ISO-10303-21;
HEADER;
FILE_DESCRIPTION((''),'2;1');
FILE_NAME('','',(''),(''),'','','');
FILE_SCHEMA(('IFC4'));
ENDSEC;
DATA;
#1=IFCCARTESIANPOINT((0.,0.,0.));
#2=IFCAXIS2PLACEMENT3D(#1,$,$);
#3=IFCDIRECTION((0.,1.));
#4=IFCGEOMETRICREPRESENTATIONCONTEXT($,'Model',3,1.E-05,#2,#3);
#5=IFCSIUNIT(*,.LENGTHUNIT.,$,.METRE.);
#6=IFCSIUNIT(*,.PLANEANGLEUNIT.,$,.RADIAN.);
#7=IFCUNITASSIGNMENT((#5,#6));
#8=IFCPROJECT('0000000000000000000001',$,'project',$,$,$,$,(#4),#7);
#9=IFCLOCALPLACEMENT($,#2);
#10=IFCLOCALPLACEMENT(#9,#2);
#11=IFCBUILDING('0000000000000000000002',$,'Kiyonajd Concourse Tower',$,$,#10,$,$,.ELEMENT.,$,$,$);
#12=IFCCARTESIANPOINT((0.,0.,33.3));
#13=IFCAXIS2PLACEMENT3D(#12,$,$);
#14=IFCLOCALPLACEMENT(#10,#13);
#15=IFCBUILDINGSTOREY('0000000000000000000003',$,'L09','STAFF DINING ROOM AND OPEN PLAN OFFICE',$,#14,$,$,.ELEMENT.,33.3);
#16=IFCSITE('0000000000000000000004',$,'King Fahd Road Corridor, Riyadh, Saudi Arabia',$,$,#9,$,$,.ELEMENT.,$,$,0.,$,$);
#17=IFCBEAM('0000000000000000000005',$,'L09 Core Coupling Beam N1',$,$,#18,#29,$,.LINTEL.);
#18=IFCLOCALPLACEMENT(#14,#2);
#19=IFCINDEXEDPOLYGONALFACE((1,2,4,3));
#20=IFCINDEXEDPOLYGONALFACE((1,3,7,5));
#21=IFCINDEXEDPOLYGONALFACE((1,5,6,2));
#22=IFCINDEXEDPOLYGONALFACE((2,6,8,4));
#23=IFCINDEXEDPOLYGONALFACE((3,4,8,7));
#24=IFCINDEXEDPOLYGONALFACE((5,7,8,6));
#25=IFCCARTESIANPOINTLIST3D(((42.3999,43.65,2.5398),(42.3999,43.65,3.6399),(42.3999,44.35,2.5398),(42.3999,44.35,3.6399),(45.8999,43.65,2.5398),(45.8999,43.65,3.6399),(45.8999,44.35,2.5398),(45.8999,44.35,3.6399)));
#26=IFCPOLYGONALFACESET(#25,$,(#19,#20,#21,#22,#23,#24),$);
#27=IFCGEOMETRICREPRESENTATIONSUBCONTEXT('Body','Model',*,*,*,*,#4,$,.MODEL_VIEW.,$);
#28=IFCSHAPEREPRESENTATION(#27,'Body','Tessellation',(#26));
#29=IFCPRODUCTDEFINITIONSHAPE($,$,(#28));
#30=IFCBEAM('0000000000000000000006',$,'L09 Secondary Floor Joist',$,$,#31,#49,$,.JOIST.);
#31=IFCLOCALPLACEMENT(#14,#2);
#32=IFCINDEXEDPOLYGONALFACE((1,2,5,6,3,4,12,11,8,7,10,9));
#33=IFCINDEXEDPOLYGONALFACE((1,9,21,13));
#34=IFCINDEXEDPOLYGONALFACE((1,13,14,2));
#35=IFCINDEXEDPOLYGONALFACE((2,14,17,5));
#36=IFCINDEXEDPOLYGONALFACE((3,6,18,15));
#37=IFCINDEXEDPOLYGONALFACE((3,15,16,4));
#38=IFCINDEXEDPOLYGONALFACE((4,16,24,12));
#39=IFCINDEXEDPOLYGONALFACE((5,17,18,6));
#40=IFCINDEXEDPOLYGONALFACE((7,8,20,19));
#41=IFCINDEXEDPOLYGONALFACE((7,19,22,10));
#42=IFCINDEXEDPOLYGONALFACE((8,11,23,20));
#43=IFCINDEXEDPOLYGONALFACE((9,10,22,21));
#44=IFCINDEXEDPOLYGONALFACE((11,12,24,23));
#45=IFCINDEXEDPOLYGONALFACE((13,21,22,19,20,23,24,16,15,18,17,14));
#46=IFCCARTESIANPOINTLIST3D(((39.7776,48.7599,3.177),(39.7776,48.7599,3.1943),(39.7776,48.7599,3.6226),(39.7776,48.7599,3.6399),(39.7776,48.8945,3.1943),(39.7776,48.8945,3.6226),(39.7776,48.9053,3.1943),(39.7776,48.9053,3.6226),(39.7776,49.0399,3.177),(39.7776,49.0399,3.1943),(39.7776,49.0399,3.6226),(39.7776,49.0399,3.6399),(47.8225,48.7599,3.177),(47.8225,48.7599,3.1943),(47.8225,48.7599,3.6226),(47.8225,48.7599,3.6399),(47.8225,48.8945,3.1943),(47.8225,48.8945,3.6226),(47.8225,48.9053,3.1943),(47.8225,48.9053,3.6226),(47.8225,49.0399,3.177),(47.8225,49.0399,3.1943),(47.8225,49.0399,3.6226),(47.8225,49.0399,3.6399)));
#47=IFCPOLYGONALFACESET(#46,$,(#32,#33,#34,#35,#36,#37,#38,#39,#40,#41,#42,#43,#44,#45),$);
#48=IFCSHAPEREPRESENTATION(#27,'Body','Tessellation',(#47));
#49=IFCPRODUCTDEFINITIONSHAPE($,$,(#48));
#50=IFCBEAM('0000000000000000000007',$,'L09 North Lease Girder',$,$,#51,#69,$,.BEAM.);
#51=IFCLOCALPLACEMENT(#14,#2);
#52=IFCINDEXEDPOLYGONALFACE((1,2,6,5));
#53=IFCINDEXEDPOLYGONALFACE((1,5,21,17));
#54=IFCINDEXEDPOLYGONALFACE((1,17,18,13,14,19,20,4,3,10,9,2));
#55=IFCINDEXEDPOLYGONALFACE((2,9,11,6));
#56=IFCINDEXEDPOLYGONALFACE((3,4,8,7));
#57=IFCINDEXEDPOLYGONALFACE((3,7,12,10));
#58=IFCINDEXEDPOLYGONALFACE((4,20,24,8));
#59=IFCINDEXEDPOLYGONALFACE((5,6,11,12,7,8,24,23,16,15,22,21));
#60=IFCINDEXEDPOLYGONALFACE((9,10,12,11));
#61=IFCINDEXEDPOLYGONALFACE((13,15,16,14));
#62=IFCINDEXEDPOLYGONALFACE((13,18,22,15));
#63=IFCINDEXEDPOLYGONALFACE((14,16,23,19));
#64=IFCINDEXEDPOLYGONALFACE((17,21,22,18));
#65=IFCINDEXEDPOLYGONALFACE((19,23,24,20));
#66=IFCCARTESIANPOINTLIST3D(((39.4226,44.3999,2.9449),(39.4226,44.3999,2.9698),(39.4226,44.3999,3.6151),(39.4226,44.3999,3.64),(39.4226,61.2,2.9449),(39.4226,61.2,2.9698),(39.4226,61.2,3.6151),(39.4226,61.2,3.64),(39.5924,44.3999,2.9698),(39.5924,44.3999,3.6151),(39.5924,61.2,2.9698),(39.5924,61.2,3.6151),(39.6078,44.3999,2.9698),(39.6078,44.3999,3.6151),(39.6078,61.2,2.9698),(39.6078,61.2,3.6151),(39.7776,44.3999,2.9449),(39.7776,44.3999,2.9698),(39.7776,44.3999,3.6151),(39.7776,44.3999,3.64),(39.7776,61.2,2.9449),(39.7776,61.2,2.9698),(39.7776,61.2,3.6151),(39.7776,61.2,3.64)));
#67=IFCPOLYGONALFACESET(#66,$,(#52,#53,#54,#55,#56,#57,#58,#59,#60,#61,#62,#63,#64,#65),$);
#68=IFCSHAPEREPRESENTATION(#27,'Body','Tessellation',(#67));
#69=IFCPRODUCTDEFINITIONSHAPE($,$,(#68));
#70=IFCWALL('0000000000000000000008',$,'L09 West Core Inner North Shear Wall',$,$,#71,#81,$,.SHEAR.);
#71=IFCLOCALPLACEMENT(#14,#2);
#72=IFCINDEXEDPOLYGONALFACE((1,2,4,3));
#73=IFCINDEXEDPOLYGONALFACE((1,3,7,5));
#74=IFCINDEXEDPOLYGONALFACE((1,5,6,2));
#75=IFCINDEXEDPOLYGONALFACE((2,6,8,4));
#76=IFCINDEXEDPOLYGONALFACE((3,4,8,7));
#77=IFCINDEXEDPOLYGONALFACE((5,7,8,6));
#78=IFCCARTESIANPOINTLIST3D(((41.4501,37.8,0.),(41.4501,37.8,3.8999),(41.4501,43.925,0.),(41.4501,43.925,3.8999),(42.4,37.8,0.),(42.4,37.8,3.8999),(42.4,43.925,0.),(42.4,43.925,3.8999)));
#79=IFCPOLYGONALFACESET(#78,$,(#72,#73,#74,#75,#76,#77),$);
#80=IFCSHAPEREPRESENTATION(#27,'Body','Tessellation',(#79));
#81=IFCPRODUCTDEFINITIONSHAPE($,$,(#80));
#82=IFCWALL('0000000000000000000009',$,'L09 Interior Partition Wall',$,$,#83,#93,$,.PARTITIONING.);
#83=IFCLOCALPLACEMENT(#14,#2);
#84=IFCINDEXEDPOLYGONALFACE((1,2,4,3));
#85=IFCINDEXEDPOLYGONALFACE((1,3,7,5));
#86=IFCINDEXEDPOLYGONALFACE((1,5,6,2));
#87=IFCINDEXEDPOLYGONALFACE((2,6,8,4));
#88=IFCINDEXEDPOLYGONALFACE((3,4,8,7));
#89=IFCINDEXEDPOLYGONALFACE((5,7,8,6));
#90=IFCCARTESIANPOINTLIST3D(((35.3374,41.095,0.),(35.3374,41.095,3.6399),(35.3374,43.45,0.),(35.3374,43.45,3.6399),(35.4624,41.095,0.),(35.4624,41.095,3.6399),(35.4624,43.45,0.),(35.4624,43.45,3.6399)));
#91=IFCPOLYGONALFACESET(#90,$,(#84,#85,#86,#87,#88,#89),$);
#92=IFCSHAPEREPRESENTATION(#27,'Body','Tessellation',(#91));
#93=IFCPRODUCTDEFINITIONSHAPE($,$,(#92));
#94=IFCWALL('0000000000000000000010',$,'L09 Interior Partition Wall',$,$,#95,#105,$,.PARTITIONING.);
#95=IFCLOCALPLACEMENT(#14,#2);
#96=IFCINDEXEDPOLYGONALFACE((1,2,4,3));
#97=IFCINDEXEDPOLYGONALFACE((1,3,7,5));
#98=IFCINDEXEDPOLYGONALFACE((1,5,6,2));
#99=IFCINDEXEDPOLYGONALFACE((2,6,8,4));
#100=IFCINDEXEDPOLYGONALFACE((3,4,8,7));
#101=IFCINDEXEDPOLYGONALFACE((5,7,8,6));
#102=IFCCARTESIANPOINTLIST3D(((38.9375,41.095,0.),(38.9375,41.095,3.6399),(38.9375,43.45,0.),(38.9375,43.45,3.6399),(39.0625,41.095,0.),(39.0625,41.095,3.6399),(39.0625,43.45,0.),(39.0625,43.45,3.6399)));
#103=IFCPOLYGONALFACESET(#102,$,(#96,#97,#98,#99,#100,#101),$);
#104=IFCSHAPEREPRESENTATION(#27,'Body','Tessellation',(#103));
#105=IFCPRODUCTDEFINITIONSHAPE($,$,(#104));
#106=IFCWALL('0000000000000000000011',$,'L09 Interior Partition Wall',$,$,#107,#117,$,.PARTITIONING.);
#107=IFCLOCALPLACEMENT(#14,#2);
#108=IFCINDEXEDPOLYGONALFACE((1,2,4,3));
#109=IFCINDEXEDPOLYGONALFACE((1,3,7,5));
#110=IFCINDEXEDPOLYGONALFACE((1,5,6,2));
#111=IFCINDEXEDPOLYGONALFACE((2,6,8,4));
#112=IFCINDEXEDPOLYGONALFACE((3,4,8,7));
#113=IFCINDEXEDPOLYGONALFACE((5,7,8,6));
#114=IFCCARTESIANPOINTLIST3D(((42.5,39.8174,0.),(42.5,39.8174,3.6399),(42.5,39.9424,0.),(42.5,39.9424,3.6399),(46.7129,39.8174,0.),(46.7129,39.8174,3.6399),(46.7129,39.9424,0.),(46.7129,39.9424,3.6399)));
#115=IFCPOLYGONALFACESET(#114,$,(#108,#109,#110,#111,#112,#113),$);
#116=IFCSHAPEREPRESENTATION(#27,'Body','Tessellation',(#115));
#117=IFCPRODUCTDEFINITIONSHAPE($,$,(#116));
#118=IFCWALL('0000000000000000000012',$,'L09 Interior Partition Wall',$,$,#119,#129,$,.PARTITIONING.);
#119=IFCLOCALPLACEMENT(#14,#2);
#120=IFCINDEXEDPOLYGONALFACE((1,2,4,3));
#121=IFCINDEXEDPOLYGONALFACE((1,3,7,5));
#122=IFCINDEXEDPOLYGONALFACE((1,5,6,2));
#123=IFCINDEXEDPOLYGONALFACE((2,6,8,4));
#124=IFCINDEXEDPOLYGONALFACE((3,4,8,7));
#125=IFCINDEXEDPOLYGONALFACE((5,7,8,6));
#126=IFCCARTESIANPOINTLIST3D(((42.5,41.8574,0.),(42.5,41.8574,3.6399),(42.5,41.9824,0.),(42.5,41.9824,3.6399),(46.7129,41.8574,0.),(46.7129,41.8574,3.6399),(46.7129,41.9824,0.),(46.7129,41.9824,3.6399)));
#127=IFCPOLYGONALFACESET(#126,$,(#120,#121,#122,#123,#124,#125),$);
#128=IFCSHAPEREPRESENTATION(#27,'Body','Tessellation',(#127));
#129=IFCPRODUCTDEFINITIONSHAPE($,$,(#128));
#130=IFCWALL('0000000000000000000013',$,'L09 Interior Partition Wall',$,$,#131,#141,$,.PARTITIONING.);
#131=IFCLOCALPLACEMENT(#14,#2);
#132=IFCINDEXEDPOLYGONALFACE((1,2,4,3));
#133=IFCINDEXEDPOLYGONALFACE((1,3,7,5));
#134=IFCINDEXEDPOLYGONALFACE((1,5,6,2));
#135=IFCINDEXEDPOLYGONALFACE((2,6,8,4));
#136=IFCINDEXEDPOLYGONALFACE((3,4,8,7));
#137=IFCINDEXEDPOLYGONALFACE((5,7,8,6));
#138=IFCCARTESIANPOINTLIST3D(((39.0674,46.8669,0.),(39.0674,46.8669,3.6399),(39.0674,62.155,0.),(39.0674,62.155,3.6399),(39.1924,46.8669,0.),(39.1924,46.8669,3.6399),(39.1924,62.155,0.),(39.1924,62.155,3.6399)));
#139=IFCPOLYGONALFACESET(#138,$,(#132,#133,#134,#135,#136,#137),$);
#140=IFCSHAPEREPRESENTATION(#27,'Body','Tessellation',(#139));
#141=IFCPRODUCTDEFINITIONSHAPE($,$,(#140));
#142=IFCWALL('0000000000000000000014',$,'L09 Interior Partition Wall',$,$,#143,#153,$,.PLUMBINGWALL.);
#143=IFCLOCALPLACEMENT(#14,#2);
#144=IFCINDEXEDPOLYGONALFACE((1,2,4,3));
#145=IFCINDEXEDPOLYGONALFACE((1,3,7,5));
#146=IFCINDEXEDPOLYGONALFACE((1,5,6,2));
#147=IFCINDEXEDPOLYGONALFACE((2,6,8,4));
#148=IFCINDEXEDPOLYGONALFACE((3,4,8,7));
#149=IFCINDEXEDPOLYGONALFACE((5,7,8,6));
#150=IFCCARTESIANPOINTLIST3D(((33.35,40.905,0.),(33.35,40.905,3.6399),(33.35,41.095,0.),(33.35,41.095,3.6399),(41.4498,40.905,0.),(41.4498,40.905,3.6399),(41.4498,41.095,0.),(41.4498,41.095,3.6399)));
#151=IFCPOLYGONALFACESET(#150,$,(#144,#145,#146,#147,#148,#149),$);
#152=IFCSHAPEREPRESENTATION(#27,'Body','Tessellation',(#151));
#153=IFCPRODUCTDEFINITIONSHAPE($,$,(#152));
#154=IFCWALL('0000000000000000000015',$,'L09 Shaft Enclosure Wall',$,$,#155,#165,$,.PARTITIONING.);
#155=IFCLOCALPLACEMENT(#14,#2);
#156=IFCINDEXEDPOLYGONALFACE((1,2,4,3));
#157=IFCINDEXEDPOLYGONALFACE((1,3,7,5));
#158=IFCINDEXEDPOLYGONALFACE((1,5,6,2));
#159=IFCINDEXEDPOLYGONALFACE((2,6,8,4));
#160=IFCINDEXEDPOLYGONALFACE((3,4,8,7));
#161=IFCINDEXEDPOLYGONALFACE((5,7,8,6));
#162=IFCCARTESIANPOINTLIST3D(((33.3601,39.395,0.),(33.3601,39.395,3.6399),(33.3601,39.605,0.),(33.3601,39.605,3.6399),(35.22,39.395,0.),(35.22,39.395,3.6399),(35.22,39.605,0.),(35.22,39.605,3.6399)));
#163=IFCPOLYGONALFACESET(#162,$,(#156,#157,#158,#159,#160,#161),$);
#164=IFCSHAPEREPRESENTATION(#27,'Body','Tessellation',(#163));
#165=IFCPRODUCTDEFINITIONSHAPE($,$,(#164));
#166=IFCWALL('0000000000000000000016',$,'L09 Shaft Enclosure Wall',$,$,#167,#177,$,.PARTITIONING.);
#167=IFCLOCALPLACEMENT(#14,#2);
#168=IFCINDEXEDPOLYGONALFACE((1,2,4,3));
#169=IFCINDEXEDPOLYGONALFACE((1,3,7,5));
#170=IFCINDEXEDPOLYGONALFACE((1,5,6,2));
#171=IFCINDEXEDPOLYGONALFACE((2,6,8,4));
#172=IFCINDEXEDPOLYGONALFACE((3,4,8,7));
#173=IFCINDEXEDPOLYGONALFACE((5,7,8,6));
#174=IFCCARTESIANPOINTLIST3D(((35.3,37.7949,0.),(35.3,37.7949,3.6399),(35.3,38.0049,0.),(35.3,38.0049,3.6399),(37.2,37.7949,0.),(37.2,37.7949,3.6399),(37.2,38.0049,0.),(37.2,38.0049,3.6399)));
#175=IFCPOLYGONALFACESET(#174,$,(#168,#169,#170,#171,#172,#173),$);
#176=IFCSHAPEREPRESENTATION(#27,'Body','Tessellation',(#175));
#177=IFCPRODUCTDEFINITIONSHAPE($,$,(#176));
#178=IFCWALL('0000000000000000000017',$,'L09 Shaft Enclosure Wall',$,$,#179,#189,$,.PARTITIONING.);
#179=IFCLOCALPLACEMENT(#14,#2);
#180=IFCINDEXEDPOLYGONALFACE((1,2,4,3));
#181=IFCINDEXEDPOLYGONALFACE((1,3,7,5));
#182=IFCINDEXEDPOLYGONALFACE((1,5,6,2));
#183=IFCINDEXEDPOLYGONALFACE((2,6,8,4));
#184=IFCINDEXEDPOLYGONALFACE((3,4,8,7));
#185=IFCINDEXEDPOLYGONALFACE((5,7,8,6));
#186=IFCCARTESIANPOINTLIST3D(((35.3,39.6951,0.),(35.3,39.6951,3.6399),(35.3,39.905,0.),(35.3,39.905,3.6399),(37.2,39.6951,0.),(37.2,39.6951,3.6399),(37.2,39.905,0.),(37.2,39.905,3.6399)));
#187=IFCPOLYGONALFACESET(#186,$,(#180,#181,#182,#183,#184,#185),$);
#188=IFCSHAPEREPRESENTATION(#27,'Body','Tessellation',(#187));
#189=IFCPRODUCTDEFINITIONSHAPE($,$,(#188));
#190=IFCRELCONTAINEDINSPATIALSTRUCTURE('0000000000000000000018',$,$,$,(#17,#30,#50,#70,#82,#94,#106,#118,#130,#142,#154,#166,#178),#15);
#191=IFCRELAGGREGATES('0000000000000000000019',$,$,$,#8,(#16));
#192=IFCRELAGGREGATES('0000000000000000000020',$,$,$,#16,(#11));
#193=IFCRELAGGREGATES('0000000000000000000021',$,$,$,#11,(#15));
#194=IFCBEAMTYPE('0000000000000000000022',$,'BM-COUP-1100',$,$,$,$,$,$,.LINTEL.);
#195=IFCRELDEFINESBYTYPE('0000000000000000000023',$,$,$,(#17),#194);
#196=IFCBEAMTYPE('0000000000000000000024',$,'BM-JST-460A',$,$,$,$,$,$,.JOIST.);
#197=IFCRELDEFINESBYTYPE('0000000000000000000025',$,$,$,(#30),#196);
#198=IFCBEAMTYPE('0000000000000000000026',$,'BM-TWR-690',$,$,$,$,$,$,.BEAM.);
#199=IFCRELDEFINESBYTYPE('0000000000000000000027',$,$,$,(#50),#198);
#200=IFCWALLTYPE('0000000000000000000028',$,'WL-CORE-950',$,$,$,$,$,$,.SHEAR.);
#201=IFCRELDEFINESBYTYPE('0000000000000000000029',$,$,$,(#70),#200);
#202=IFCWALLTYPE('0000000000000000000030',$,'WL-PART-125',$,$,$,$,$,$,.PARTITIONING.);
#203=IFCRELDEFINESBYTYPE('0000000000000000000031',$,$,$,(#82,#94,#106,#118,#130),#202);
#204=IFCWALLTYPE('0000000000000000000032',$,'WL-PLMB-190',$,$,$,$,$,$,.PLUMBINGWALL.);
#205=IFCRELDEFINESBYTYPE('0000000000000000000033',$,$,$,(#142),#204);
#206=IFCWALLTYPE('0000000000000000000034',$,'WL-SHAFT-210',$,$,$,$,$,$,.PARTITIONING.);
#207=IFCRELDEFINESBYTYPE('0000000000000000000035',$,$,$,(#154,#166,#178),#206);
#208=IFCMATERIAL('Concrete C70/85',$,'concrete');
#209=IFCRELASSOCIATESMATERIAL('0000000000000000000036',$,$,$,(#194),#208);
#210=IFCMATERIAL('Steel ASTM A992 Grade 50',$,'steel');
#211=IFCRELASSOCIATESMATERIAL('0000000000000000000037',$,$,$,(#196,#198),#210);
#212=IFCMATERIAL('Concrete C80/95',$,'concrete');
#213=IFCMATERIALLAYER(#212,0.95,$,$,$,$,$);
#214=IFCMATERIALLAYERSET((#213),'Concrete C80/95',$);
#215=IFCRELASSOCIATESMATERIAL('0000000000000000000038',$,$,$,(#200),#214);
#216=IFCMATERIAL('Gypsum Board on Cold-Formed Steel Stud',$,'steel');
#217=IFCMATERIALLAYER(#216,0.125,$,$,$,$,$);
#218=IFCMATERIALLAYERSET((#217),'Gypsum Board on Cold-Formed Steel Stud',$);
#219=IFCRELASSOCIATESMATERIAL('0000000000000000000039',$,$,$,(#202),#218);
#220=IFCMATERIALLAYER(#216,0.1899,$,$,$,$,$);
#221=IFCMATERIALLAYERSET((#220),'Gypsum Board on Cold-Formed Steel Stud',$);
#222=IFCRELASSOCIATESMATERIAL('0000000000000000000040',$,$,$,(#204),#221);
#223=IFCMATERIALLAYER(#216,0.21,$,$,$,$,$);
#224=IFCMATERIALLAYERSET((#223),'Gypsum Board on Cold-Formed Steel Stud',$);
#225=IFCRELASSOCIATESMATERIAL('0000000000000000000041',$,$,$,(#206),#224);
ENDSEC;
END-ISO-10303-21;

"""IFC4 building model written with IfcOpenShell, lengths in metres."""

from ifc_helpers import new_model, si_unit, direction, frame, frame_2d, origin, origin_2d, place, context, subcontext, project, spatial, rectangle, i_section, extrude, material, layer, layer_set, material_profile, profile_set, type_object, element, save


model = new_model("IFC4")

# Units and contexts
model_context = context("Model", 3, precision=1e-05, world=origin(), true_north=direction((0.0, 1.0)))
body_context = subcontext(model_context, "Body", "Model", "MODEL_VIEW")
ifc_project = project(units=[si_unit("LENGTHUNIT", "METRE"), si_unit("PLANEANGLEUNIT", "RADIAN")], contexts=[model_context])

# Site, building, storey
site_placement = place(None, origin())
site = spatial("IfcSite", under=ifc_project, at=site_placement, Name="King Fahd Road Corridor, Riyadh, Saudi Arabia", CompositionType="ELEMENT", RefElevation=0.0)
building_placement = place(site_placement, origin())
building = spatial("IfcBuilding", under=site, at=building_placement, Name="Kiyonajd Concourse Tower", CompositionType="ELEMENT")
storey_placement = place(building_placement, frame((0.0, 0.0, 33.3)))
storey = spatial("IfcBuildingStorey", under=building, at=storey_placement, Name="L09", Description="STAFF DINING ROOM AND OPEN PLAN OFFICE", CompositionType="ELEMENT", Elevation=33.3)

# Beams
ifc_material_1 = material(Name="Concrete C70/85", Category="concrete")
ifc_material_profile_1 = material_profile(ifc_material_1, rectangle(XDim=0.7, YDim=1.1001, at=origin_2d()), Name="RCBM-700x1100")
ifc_profile_set_1 = profile_set([ifc_material_profile_1], Name="Concrete C70/85")
beam_type_1 = type_object("IfcBeamType", Name="BM-COUP-1100", PredefinedType="LINTEL", material=ifc_profile_set_1)
beam_1_placement = place(storey_placement, frame((42.3999, 44.0, 3.0898), z_axis=(1.0, 0.0, 0.0), x_axis=(0.0, 1.0, 0.0)))
element("IfcBeam", 1, at=beam_1_placement, inside=storey, type_object=beam_type_1, Name="L09 Core Coupling Beam N1", PredefinedType="LINTEL", context=body_context, shape_type="SweptSolid", body=[
    extrude(rectangle(XDim=0.7, YDim=1.1001, at=origin_2d()), origin(), (0.0, 0.0, 1.0), 3.5),
])
ifc_material_2 = material(Name="Steel ASTM A992 Grade 50", Category="steel")
ifc_material_profile_2 = material_profile(ifc_material_2, i_section(OverallWidth=0.28, OverallDepth=0.4629, WebThickness=0.0107, FlangeThickness=0.0173, at=origin_2d()), Name="W460X113")
ifc_profile_set_2 = profile_set([ifc_material_profile_2], Name="Steel ASTM A992 Grade 50")
beam_type_2 = type_object("IfcBeamType", Name="BM-JST-460A", PredefinedType="JOIST", material=ifc_profile_set_2)
beam_2_placement = place(storey_placement, frame((39.7776, 48.8999, 3.4084), z_axis=(1.0, 0.0, 0.0), x_axis=(0.0, 1.0, 0.0)))
element("IfcBeam", 2, at=beam_2_placement, inside=storey, type_object=beam_type_2, Name="L09 Secondary Floor Joist", PredefinedType="JOIST", context=body_context, shape_type="SweptSolid", body=[
    extrude(i_section(OverallWidth=0.28, OverallDepth=0.4629, WebThickness=0.0107, FlangeThickness=0.0173, at=origin_2d()), origin(), (0.0, 0.0, 1.0), 8.0449),
])
ifc_material_profile_3 = material_profile(ifc_material_2, i_section(OverallWidth=0.355, OverallDepth=0.6951, WebThickness=0.0154, FlangeThickness=0.0249, at=origin_2d()), Name="W690X217")
ifc_profile_set_3 = profile_set([ifc_material_profile_3], Name="Steel ASTM A992 Grade 50")
beam_type_3 = type_object("IfcBeamType", Name="BM-TWR-690", PredefinedType="BEAM", material=ifc_profile_set_3)
beam_3_placement = place(storey_placement, frame((39.6001, 44.3999, 3.2925), z_axis=(0.0, 1.0, 0.0), x_axis=(-1.0, 0.0, 0.0)))
element("IfcBeam", 3, at=beam_3_placement, inside=storey, type_object=beam_type_3, Name="L09 North Lease Girder", PredefinedType="BEAM", context=body_context, shape_type="SweptSolid", body=[
    extrude(i_section(OverallWidth=0.355, OverallDepth=0.6951, WebThickness=0.0154, FlangeThickness=0.0249, at=origin_2d()), origin(), (0.0, 0.0, 1.0), 16.8),
])

# Walls
ifc_material_3 = material(Name="Concrete C80/95", Category="concrete")
ifc_layer_1 = layer(ifc_material_3, 0.95)
ifc_layer_set_1 = layer_set([ifc_layer_1], Name="Concrete C80/95")
wall_type_1 = type_object("IfcWallType", Name="WL-CORE-950", PredefinedType="SHEAR", material=ifc_layer_set_1)
wall_1_placement = place(storey_placement, frame((41.925, 37.8, 0.0), z_axis=(0.0, 0.0, 1.0), x_axis=(0.0, 1.0, 0.0)))
element("IfcWall", 4, at=wall_1_placement, inside=storey, type_object=wall_type_1, Name="L09 West Core Inner North Shear Wall", PredefinedType="SHEAR", context=body_context, shape_type="SweptSolid", body=[
    extrude(rectangle(XDim=6.125, YDim=0.95, at=frame_2d((3.0625, 0.0))), origin(), (0.0, 0.0, 1.0), 3.8999),
])
ifc_material_4 = material(Name="Gypsum Board on Cold-Formed Steel Stud", Category="steel")
ifc_layer_2 = layer(ifc_material_4, 0.125)
ifc_layer_set_2 = layer_set([ifc_layer_2], Name="Gypsum Board on Cold-Formed Steel Stud")
wall_type_2 = type_object("IfcWallType", Name="WL-PART-125", PredefinedType="PARTITIONING", material=ifc_layer_set_2)
for number, where, z_axis, x_axis, name in (
    (5, (35.3999, 41.095, 0.0), (0.0, 0.0, 1.0), (0.0, 1.0, 0.0), "L09 Interior Partition Wall"),
    (6, (39.0, 41.095, 0.0), (0.0, 0.0, 1.0), (0.0, 1.0, 0.0), "L09 Interior Partition Wall"),
):
    element("IfcWall", number, at=place(storey_placement, frame(where, z_axis=z_axis, x_axis=x_axis)), inside=storey, type_object=wall_type_2, Name=name, PredefinedType="PARTITIONING", context=body_context, shape_type="SweptSolid", body=[
        extrude(rectangle(XDim=2.355, YDim=0.125, at=frame_2d((1.1775, 0.0))), origin(), (0.0, 0.0, 1.0), 3.6399),
    ])
for number, where, z_axis, x_axis, name in (
    (7, (42.5, 39.8799, 0.0), (0.0, 0.0, 1.0), (1.0, 0.0, 0.0), "L09 Interior Partition Wall"),
    (8, (42.5, 41.9199, 0.0), (0.0, 0.0, 1.0), (1.0, 0.0, 0.0), "L09 Interior Partition Wall"),
):
    element("IfcWall", number, at=place(storey_placement, frame(where, z_axis=z_axis, x_axis=x_axis)), inside=storey, type_object=wall_type_2, Name=name, PredefinedType="PARTITIONING", context=body_context, shape_type="SweptSolid", body=[
        extrude(rectangle(XDim=4.2129, YDim=0.125, at=frame_2d((2.1064, 0.0))), origin(), (0.0, 0.0, 1.0), 3.6399),
    ])
wall_2_placement = place(storey_placement, frame((39.1299, 46.8669, 0.0), z_axis=(0.0, 0.0, 1.0), x_axis=(0.0, 1.0, 0.0)))
element("IfcWall", 9, at=wall_2_placement, inside=storey, type_object=wall_type_2, Name="L09 Interior Partition Wall", PredefinedType="PARTITIONING", context=body_context, shape_type="SweptSolid", body=[
    extrude(rectangle(XDim=15.2881, YDim=0.125, at=frame_2d((7.644, 0.0))), origin(), (0.0, 0.0, 1.0), 3.6399),
])
ifc_layer_3 = layer(ifc_material_4, 0.1899)
ifc_layer_set_3 = layer_set([ifc_layer_3], Name="Gypsum Board on Cold-Formed Steel Stud")
wall_type_3 = type_object("IfcWallType", Name="WL-PLMB-190", PredefinedType="PLUMBINGWALL", material=ifc_layer_set_3)
wall_3_placement = place(storey_placement, frame((33.3501, 41.0, 0.0), z_axis=(0.0, 0.0, 1.0), x_axis=(1.0, 0.0, 0.0)))
element("IfcWall", 10, at=wall_3_placement, inside=storey, type_object=wall_type_3, Name="L09 Interior Partition Wall", PredefinedType="PLUMBINGWALL", context=body_context, shape_type="SweptSolid", body=[
    extrude(rectangle(XDim=8.0999, YDim=0.1899, at=frame_2d((4.0498, 0.0))), origin(), (0.0, 0.0, 1.0), 3.6399),
])
ifc_layer_4 = layer(ifc_material_4, 0.21)
ifc_layer_set_4 = layer_set([ifc_layer_4], Name="Gypsum Board on Cold-Formed Steel Stud")
wall_type_4 = type_object("IfcWallType", Name="WL-SHAFT-210", PredefinedType="PARTITIONING", material=ifc_layer_set_4)
wall_4_placement = place(storey_placement, frame((33.3601, 39.5, 0.0), z_axis=(0.0, 0.0, 1.0), x_axis=(1.0, 0.0, 0.0)))
element("IfcWall", 11, at=wall_4_placement, inside=storey, type_object=wall_type_4, Name="L09 Shaft Enclosure Wall", PredefinedType="PARTITIONING", context=body_context, shape_type="SweptSolid", body=[
    extrude(rectangle(XDim=1.8599, YDim=0.21, at=frame_2d((0.9299, 0.0))), origin(), (0.0, 0.0, 1.0), 3.6399),
])
for number, where, z_axis, x_axis, name in (
    (12, (35.3, 37.8999, 0.0), (0.0, 0.0, 1.0), (1.0, 0.0, 0.0), "L09 Shaft Enclosure Wall"),
    (13, (35.3, 39.8, 0.0), (0.0, 0.0, 1.0), (1.0, 0.0, 0.0), "L09 Shaft Enclosure Wall"),
):
    element("IfcWall", number, at=place(storey_placement, frame(where, z_axis=z_axis, x_axis=x_axis)), inside=storey, type_object=wall_type_4, Name=name, PredefinedType="PARTITIONING", context=body_context, shape_type="SweptSolid", body=[
        extrude(rectangle(XDim=1.8999, YDim=0.21, at=frame_2d((0.95, 0.0))), origin(), (0.0, 0.0, 1.0), 3.6399),
    ])

save(model, "model.ifc")
